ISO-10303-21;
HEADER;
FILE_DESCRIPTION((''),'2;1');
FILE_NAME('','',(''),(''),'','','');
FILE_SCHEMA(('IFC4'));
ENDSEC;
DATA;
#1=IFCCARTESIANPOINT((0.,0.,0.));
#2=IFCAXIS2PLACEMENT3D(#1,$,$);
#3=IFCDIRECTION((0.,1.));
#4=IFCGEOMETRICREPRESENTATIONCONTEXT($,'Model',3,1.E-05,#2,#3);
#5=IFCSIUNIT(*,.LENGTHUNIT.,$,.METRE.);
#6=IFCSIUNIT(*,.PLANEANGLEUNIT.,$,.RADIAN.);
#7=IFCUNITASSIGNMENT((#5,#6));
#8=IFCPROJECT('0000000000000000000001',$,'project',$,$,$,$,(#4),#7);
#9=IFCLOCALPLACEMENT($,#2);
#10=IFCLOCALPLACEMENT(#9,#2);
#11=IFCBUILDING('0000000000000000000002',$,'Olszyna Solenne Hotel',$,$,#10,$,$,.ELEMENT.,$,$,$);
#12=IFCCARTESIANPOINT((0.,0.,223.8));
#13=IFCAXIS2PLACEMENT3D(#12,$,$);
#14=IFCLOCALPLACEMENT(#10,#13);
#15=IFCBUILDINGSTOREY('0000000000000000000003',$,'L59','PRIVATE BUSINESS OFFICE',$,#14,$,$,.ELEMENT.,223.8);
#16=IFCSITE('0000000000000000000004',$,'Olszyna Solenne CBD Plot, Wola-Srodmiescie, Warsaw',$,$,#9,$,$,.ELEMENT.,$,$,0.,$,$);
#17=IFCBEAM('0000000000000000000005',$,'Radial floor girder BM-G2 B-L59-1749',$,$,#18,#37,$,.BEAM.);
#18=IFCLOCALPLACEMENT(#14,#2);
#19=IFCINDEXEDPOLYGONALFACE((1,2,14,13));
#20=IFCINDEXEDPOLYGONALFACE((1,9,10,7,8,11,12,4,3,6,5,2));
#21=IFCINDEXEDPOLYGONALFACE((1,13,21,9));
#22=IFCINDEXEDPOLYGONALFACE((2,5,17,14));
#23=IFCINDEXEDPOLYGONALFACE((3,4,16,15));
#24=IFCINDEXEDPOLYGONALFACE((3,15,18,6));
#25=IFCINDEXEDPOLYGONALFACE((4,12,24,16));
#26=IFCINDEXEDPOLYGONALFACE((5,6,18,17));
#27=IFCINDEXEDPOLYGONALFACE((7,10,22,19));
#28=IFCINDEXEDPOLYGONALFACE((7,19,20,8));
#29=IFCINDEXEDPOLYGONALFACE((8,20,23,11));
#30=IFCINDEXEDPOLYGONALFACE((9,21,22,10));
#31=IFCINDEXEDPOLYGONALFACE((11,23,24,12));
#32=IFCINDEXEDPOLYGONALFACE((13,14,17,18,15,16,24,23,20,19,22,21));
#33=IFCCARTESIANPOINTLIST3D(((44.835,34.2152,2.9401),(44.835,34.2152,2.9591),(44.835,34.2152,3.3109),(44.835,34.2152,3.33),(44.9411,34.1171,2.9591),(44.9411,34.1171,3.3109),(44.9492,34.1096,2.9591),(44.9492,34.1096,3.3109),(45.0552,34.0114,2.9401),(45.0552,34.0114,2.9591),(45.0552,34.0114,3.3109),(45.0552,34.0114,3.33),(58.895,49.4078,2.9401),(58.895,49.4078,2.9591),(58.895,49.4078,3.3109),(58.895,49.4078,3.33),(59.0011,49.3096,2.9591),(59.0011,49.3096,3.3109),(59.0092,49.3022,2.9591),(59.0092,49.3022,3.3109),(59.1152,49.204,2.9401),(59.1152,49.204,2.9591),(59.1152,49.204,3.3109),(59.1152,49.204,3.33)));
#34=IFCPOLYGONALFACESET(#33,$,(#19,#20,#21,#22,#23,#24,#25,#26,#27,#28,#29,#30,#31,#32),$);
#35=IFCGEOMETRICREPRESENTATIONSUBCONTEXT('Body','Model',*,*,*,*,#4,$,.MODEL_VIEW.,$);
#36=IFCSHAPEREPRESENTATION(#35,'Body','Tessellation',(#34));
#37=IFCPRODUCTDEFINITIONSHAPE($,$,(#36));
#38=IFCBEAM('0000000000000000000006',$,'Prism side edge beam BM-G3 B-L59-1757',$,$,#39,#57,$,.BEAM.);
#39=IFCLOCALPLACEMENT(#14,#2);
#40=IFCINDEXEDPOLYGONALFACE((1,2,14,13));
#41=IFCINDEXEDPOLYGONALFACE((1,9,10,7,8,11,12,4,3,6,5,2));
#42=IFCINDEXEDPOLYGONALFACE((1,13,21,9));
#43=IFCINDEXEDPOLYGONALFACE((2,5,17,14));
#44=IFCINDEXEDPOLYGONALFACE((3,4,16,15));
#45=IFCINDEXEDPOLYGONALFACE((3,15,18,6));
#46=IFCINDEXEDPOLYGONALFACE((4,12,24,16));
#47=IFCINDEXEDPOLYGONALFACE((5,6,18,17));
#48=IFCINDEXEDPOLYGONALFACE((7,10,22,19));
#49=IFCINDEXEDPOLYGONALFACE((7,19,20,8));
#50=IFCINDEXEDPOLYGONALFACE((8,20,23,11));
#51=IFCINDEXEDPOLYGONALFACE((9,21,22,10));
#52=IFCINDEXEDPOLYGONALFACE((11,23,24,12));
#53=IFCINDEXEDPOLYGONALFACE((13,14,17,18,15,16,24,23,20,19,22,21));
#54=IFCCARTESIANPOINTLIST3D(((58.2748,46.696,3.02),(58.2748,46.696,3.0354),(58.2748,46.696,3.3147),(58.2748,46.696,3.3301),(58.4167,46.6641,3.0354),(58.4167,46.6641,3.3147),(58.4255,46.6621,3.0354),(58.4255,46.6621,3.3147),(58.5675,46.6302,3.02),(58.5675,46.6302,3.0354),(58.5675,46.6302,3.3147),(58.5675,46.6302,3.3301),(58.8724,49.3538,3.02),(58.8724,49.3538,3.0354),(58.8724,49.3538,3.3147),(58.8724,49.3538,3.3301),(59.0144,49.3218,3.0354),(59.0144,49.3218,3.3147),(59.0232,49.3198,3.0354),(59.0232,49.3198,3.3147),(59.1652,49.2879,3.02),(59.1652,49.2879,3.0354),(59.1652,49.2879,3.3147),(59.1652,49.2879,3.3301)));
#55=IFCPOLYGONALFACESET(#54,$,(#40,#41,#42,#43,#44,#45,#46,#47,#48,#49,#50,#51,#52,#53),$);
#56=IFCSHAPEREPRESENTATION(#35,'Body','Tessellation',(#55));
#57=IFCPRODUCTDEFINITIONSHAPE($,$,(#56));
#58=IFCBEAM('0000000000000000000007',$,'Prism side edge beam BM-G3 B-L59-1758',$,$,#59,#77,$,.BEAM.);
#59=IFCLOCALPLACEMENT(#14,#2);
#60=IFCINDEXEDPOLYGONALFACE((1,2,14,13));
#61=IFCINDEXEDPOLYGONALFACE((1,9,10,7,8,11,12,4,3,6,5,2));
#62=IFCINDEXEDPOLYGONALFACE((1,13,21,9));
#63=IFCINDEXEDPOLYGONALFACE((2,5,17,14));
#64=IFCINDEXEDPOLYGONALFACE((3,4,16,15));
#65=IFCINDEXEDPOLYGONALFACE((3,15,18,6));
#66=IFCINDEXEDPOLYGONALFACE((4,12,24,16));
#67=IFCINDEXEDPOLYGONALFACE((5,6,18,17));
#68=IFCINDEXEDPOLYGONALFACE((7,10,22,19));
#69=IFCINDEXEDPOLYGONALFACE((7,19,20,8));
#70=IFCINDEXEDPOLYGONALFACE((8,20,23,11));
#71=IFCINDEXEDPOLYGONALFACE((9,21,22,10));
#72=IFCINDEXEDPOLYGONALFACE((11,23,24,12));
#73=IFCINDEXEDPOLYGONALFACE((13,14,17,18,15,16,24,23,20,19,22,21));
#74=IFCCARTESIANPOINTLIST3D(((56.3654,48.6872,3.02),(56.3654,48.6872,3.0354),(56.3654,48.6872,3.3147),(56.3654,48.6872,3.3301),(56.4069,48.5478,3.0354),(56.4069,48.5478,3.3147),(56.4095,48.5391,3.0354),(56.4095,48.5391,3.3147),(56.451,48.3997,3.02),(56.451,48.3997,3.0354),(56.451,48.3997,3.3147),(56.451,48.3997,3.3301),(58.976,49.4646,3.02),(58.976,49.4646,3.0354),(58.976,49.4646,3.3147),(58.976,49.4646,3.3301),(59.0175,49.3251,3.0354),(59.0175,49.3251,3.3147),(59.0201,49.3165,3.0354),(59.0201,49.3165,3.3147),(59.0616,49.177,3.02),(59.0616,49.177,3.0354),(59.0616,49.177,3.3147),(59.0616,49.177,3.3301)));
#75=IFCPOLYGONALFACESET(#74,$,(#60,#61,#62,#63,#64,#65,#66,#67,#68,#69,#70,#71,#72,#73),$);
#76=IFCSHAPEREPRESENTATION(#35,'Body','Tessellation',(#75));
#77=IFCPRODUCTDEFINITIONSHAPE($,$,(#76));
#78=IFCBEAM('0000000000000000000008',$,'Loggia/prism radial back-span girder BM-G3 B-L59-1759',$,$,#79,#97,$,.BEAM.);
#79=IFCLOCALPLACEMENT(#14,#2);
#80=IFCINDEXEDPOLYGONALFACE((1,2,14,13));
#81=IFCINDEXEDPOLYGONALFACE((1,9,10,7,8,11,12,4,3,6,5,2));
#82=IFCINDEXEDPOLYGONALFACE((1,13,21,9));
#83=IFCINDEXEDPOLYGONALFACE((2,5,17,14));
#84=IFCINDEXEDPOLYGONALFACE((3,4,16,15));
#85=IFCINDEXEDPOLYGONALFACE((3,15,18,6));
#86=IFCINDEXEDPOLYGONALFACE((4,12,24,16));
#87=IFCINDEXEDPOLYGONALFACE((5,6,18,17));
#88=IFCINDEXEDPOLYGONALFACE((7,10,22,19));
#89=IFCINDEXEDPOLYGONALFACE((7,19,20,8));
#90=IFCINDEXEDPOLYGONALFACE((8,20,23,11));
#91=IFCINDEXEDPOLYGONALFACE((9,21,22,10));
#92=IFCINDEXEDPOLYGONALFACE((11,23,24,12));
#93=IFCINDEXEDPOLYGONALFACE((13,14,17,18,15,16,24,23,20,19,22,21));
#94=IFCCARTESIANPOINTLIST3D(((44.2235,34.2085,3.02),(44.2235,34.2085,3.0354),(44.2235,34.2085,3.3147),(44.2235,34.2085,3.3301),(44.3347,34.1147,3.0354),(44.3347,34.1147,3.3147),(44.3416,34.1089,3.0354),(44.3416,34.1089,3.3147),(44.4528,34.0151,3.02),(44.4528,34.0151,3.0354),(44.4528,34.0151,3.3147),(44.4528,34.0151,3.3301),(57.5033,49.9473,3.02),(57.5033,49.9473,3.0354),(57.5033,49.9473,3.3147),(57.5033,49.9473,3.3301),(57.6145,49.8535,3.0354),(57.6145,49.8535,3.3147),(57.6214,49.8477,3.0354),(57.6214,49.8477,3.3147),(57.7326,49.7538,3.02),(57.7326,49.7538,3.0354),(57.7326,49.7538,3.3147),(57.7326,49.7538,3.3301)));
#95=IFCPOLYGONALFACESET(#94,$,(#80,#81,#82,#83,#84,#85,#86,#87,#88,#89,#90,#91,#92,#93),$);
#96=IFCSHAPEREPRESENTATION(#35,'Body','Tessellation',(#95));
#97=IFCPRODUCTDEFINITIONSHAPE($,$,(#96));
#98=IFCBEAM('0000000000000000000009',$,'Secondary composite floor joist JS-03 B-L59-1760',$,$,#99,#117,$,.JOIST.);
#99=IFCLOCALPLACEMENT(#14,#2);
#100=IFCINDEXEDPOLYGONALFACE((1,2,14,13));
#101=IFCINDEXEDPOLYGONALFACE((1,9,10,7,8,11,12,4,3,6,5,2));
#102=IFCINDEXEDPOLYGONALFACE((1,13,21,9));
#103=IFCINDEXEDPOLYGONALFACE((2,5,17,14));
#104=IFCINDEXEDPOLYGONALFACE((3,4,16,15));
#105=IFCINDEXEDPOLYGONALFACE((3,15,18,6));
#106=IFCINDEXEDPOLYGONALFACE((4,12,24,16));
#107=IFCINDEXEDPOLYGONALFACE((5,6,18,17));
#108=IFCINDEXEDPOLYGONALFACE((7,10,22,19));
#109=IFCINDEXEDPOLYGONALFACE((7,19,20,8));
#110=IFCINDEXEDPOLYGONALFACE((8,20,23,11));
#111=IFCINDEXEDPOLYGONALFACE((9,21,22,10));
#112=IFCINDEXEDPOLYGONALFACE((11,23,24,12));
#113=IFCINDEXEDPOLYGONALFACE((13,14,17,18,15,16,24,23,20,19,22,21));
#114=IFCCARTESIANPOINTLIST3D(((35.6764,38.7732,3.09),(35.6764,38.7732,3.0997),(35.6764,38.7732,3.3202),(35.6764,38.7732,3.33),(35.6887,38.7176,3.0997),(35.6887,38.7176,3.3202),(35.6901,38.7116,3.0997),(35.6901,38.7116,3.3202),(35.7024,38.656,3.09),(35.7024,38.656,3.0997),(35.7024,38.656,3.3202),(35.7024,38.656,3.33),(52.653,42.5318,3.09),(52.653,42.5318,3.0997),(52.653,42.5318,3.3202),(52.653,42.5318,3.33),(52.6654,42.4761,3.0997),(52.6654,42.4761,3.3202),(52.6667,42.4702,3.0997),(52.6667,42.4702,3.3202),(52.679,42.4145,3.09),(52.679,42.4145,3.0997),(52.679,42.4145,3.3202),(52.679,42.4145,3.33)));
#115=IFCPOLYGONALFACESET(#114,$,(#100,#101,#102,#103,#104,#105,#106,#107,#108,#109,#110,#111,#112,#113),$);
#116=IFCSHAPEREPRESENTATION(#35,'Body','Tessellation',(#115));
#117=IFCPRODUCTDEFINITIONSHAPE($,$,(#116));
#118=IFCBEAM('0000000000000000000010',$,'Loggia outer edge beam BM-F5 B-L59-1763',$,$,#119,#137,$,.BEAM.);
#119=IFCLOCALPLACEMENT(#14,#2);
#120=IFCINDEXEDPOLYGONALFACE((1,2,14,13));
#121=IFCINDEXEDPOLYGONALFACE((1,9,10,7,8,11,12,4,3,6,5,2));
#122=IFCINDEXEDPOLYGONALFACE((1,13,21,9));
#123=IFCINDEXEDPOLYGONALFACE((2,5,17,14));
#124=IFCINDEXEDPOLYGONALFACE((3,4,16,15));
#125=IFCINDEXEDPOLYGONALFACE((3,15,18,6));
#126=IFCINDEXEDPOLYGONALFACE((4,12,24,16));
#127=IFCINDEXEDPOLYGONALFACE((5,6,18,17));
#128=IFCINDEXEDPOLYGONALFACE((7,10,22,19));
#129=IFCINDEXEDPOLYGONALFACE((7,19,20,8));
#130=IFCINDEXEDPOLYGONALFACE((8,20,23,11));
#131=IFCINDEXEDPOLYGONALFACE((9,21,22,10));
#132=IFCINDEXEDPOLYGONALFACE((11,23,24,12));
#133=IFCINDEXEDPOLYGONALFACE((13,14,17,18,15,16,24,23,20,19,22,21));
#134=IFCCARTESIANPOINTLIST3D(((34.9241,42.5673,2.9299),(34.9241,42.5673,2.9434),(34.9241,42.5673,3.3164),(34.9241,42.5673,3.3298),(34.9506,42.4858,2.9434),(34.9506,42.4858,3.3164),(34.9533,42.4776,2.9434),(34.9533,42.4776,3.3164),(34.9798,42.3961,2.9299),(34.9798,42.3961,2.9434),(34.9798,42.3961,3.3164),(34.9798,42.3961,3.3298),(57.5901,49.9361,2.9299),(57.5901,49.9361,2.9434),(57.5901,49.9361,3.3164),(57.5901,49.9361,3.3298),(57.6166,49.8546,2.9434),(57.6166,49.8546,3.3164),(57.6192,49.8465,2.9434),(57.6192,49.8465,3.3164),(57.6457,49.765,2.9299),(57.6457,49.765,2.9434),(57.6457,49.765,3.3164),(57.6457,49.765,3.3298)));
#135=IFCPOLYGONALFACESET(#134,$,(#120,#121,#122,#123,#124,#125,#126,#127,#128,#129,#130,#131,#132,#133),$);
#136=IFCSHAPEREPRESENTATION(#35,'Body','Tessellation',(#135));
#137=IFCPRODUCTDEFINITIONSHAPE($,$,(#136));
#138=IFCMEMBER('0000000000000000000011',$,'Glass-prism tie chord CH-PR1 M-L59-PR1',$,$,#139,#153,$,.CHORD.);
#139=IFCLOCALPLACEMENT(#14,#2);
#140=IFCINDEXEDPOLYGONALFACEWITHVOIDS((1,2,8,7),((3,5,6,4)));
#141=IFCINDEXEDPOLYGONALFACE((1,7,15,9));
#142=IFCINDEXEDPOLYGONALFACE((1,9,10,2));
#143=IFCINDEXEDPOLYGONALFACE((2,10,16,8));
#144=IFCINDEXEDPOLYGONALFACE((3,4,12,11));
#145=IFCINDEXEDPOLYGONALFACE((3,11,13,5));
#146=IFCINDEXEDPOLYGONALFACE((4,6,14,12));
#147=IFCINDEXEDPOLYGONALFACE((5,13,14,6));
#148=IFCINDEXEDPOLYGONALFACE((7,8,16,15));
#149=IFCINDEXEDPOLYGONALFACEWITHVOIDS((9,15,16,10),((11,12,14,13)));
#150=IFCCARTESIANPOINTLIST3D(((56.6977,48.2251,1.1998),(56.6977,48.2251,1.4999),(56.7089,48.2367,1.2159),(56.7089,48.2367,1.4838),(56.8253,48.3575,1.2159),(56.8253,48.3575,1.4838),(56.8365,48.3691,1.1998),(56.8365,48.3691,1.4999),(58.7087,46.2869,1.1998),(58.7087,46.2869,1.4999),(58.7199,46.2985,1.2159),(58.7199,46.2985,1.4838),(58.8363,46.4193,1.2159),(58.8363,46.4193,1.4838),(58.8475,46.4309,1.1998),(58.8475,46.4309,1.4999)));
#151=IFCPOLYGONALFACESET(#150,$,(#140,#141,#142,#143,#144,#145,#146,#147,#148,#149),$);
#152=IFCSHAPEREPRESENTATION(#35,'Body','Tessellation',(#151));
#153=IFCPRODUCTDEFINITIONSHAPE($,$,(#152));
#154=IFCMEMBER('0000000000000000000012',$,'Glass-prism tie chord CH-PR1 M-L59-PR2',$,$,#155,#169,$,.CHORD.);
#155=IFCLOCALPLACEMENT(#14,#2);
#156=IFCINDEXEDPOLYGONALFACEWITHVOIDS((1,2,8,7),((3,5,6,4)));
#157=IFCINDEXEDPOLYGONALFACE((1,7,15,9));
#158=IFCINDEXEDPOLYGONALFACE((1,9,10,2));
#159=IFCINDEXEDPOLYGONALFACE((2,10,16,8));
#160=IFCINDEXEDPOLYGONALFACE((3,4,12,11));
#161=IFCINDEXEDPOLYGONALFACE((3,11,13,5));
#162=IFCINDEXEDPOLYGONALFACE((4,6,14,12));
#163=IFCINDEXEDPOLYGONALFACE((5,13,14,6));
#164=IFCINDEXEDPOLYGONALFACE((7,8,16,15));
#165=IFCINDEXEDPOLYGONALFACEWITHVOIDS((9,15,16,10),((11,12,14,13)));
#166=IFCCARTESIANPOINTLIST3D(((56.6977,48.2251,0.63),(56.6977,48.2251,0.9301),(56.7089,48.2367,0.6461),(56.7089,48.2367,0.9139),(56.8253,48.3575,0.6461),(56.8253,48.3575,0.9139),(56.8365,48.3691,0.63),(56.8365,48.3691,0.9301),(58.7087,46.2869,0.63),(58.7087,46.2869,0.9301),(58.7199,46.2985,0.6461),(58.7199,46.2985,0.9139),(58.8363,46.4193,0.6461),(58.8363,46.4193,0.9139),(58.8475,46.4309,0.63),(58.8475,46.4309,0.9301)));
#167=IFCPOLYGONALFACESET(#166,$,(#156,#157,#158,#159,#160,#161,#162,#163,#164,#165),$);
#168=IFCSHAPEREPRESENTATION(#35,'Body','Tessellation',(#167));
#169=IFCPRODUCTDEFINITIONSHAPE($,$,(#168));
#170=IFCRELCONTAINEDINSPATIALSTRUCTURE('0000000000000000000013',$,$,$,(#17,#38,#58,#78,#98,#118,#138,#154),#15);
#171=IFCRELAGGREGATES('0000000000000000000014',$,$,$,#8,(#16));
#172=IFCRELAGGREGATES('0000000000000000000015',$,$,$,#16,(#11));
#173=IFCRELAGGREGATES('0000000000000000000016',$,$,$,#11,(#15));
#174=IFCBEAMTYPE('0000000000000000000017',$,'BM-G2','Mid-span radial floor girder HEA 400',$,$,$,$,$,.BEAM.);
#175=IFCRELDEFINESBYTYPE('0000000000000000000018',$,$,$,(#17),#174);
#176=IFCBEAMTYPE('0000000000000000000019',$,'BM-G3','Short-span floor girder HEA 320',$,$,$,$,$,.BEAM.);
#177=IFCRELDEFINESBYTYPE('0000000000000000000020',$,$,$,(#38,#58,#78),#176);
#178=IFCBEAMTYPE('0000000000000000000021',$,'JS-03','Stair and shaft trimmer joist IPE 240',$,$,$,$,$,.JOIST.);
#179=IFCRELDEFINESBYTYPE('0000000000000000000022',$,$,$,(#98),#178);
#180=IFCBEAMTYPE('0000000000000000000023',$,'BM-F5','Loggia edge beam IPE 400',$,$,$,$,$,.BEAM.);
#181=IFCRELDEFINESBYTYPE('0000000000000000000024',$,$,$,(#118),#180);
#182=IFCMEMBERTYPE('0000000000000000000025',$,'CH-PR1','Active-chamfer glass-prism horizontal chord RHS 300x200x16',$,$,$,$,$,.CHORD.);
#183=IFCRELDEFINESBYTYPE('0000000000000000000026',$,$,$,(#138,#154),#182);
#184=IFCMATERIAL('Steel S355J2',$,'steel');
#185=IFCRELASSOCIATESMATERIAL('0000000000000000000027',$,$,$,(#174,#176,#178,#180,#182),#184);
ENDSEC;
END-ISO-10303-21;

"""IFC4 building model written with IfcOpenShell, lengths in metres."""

from ifc_helpers import new_model, si_unit, direction, frame, origin, origin_2d, place, context, subcontext, project, spatial, hollow_rectangle, i_section, extrude, source, transform, mapped, material, material_profile, profile_set, type_object, element, save


model = new_model("IFC4")

# Units and contexts
model_context = context("Model", 3, precision=1e-05, world=origin(), true_north=direction((0.0, 1.0)))
body_context = subcontext(model_context, "Body", "Model", "MODEL_VIEW")
ifc_project = project(units=[si_unit("LENGTHUNIT", "METRE"), si_unit("PLANEANGLEUNIT", "RADIAN")], contexts=[model_context])

# Site, building, storey
site_placement = place(None, origin())
site = spatial("IfcSite", under=ifc_project, at=site_placement, Name="Olszyna Solenne CBD Plot, Wola-Srodmiescie, Warsaw", CompositionType="ELEMENT", RefElevation=0.0)
building_placement = place(site_placement, origin())
building = spatial("IfcBuilding", under=site, at=building_placement, Name="Olszyna Solenne Hotel", CompositionType="ELEMENT")
storey_placement = place(building_placement, frame((0.0, 0.0, 223.8)))
storey = spatial("IfcBuildingStorey", under=building, at=storey_placement, Name="L59", Description="PRIVATE BUSINESS OFFICE", CompositionType="ELEMENT", Elevation=223.8)

# Beams
ifc_material_1 = material(Name="Steel S355J2", Category="steel")
ifc_material_profile_1 = material_profile(ifc_material_1, i_section(OverallWidth=0.3, OverallDepth=0.3899, WebThickness=0.011, FlangeThickness=0.019, at=origin_2d()), Name="HEA 400", Category="load-bearing")
ifc_profile_set_1 = profile_set([ifc_material_profile_1], Name="Steel S355J2")
beam_type_1 = type_object("IfcBeamType", Name="BM-G2", Description="Mid-span radial floor girder HEA 400", PredefinedType="BEAM", material=ifc_profile_set_1)
shared_shape_1 = source(origin(), body_context, "Body", "SweptSolid", [
    extrude(i_section(OverallWidth=0.3, OverallDepth=0.3899, WebThickness=0.011, FlangeThickness=0.019, at=origin_2d()), origin(), (0.0, 0.0, 1.0), 20.7002),
])
beam_1_placement = place(storey_placement, frame((59.0051, 49.3059, 3.135), z_axis=(-0.679221, -0.733934, 0.0), x_axis=(0.733934, -0.679221, 0.0)))
element("IfcBeam", 1, at=beam_1_placement, inside=storey, type_object=beam_type_1, Name="Radial floor girder BM-G2 B-L59-1749", PredefinedType="BEAM", context=body_context, shape_type="MappedRepresentation", body=[
    mapped(shared_shape_1, transform((0.0, 0.0, 0.0), x_axis=(1.0, 0.0, 0.0), y_axis=(0.0, 1.0, 0.0), z_axis=(0.0, 0.0, 1.0), scale=1.0)),
])
ifc_material_profile_2 = material_profile(ifc_material_1, i_section(OverallWidth=0.3, OverallDepth=0.3101, WebThickness=0.009, FlangeThickness=0.0154, at=origin_2d()), Name="HEA 320", Category="load-bearing")
ifc_profile_set_2 = profile_set([ifc_material_profile_2], Name="Steel S355J2")
beam_type_2 = type_object("IfcBeamType", Name="BM-G3", Description="Short-span floor girder HEA 320", PredefinedType="BEAM", material=ifc_profile_set_2)
shared_shape_2 = source(origin(), body_context, "Body", "SweptSolid", [
    extrude(i_section(OverallWidth=0.3, OverallDepth=0.3101, WebThickness=0.009, FlangeThickness=0.0154, at=origin_2d()), origin(), (0.0, 0.0, 1.0), 2.7241),
])
beam_2_placement = place(storey_placement, frame((58.4211, 46.6631, 3.175), z_axis=(0.219397, 0.975636, 0.0), x_axis=(-0.975636, 0.219397, 0.0)))
element("IfcBeam", 2, at=beam_2_placement, inside=storey, type_object=beam_type_2, Name="Prism side edge beam BM-G3 B-L59-1757", PredefinedType="BEAM", context=body_context, shape_type="MappedRepresentation", body=[
    mapped(shared_shape_2, transform((0.0, 0.0, 0.0), x_axis=(1.0, 0.0, 0.0), y_axis=(0.0, 1.0, 0.0), z_axis=(0.0, 0.0, 1.0), scale=1.0)),
])
shared_shape_3 = source(origin(), body_context, "Body", "SweptSolid", [
    extrude(i_section(OverallWidth=0.3, OverallDepth=0.3101, WebThickness=0.009, FlangeThickness=0.0154, at=origin_2d()), origin(), (0.0, 0.0, 1.0), 2.7239),
])
beam_3_placement = place(storey_placement, frame((56.4082, 48.5435, 3.175), z_axis=(0.958414, 0.285382, 0.0), x_axis=(-0.285382, 0.958414, 0.0)))
element("IfcBeam", 3, at=beam_3_placement, inside=storey, type_object=beam_type_2, Name="Prism side edge beam BM-G3 B-L59-1758", PredefinedType="BEAM", context=body_context, shape_type="MappedRepresentation", body=[
    mapped(shared_shape_3, transform((0.0, 0.0, 0.0), x_axis=(1.0, 0.0, 0.0), y_axis=(0.0, 1.0, 0.0), z_axis=(0.0, 0.0, 1.0), scale=1.0)),
])
shared_shape_4 = source(origin(), body_context, "Body", "SweptSolid", [
    extrude(i_section(OverallWidth=0.3, OverallDepth=0.3101, WebThickness=0.009, FlangeThickness=0.0154, at=origin_2d()), origin(), (0.0, 0.0, 1.0), 20.5928),
])
beam_4_placement = place(storey_placement, frame((57.6179, 49.8506, 3.175), z_axis=(-0.644877, -0.764287, 0.0), x_axis=(0.764287, -0.644877, 0.0)))
element("IfcBeam", 4, at=beam_4_placement, inside=storey, type_object=beam_type_2, Name="Loggia/prism radial back-span girder BM-G3 B-L59-1759", PredefinedType="BEAM", context=body_context, shape_type="MappedRepresentation", body=[
    mapped(shared_shape_4, transform((0.0, 0.0, 0.0), x_axis=(1.0, 0.0, 0.0), y_axis=(0.0, 1.0, 0.0), z_axis=(0.0, 0.0, 1.0), scale=1.0)),
])
ifc_material_profile_3 = material_profile(ifc_material_1, i_section(OverallWidth=0.1201, OverallDepth=0.24, WebThickness=0.0061, FlangeThickness=0.0098, at=origin_2d()), Name="IPE 240", Category="load-bearing")
ifc_profile_set_3 = profile_set([ifc_material_profile_3], Name="Steel S355J2")
beam_type_3 = type_object("IfcBeamType", Name="JS-03", Description="Stair and shaft trimmer joist IPE 240", PredefinedType="JOIST", material=ifc_profile_set_3)
shared_shape_5 = source(origin(), body_context, "Body", "SweptSolid", [
    extrude(i_section(OverallWidth=0.1201, OverallDepth=0.24, WebThickness=0.0061, FlangeThickness=0.0098, at=origin_2d()), origin(), (0.0, 0.0, 1.0), 17.3877),
])
beam_5_placement = place(storey_placement, frame((52.666, 42.4731, 3.21), z_axis=(-0.976358, -0.216162, 0.0), x_axis=(0.216162, -0.976358, 0.0)))
element("IfcBeam", 5, at=beam_5_placement, inside=storey, type_object=beam_type_3, Name="Secondary composite floor joist JS-03 B-L59-1760", PredefinedType="JOIST", context=body_context, shape_type="MappedRepresentation", body=[
    mapped(shared_shape_5, transform((0.0, 0.0, 0.0), x_axis=(1.0, 0.0, 0.0), y_axis=(0.0, 1.0, 0.0), z_axis=(0.0, 0.0, 1.0), scale=1.0)),
])
ifc_material_profile_4 = material_profile(ifc_material_1, i_section(OverallWidth=0.1799, OverallDepth=0.3999, WebThickness=0.0085, FlangeThickness=0.0134, at=origin_2d()), Name="IPE 400", Category="load-bearing")
ifc_profile_set_4 = profile_set([ifc_material_profile_4], Name="Steel S355J2")
beam_type_4 = type_object("IfcBeamType", Name="BM-F5", Description="Loggia edge beam IPE 400", PredefinedType="BEAM", material=ifc_profile_set_4)
shared_shape_6 = source(origin(), body_context, "Body", "SweptSolid", [
    extrude(i_section(OverallWidth=0.1799, OverallDepth=0.3999, WebThickness=0.0085, FlangeThickness=0.0134, at=origin_2d()), origin(), (0.0, 0.0, 1.0), 23.8337),
])
beam_6_placement = place(storey_placement, frame((57.6179, 49.8506, 3.1299), z_axis=(-0.951004, -0.309179, 0.0), x_axis=(0.309179, -0.951004, 0.0)))
element("IfcBeam", 6, at=beam_6_placement, inside=storey, type_object=beam_type_4, Name="Loggia outer edge beam BM-F5 B-L59-1763", PredefinedType="BEAM", context=body_context, shape_type="MappedRepresentation", body=[
    mapped(shared_shape_6, transform((0.0, 0.0, 0.0), x_axis=(1.0, 0.0, 0.0), y_axis=(0.0, 1.0, 0.0), z_axis=(0.0, 0.0, 1.0), scale=1.0)),
])

# Members
ifc_material_profile_5 = material_profile(ifc_material_1, hollow_rectangle(XDim=0.2, YDim=0.3, WallThickness=0.0161, at=origin_2d()), Name="RHS 300x200x16", Category="load-bearing")
ifc_profile_set_5 = profile_set([ifc_material_profile_5], Name="Steel S355J2")
member_type = type_object("IfcMemberType", Name="CH-PR1", Description="Active-chamfer glass-prism horizontal chord RHS 300x200x16", PredefinedType="CHORD", material=ifc_profile_set_5)
shared_shape_7 = source(origin(), body_context, "Body", "SweptSolid", [
    extrude(hollow_rectangle(XDim=0.2, YDim=0.3, WallThickness=0.0161, at=origin_2d()), origin(), (0.0, 0.0, 1.0), 2.793),
])
for number, where, z_axis, x_axis, name in (
    (7, (58.7781, 46.3589, 1.3499), (-0.720011, 0.693962, 0.0), (-0.693962, -0.720011, 0.0), "Glass-prism tie chord CH-PR1 M-L59-PR1"),
    (8, (58.7781, 46.3589, 0.78), (-0.720011, 0.693962, 0.0), (-0.693962, -0.720011, 0.0), "Glass-prism tie chord CH-PR1 M-L59-PR2"),
):
    element("IfcMember", number, at=place(storey_placement, frame(where, z_axis=z_axis, x_axis=x_axis)), inside=storey, type_object=member_type, Name=name, PredefinedType="CHORD", context=body_context, shape_type="MappedRepresentation", body=[
        mapped(shared_shape_7, transform((0.0, 0.0, 0.0), x_axis=(1.0, 0.0, 0.0), y_axis=(0.0, 1.0, 0.0), z_axis=(0.0, 0.0, 1.0), scale=1.0)),
    ])

save(model, "model.ifc")
